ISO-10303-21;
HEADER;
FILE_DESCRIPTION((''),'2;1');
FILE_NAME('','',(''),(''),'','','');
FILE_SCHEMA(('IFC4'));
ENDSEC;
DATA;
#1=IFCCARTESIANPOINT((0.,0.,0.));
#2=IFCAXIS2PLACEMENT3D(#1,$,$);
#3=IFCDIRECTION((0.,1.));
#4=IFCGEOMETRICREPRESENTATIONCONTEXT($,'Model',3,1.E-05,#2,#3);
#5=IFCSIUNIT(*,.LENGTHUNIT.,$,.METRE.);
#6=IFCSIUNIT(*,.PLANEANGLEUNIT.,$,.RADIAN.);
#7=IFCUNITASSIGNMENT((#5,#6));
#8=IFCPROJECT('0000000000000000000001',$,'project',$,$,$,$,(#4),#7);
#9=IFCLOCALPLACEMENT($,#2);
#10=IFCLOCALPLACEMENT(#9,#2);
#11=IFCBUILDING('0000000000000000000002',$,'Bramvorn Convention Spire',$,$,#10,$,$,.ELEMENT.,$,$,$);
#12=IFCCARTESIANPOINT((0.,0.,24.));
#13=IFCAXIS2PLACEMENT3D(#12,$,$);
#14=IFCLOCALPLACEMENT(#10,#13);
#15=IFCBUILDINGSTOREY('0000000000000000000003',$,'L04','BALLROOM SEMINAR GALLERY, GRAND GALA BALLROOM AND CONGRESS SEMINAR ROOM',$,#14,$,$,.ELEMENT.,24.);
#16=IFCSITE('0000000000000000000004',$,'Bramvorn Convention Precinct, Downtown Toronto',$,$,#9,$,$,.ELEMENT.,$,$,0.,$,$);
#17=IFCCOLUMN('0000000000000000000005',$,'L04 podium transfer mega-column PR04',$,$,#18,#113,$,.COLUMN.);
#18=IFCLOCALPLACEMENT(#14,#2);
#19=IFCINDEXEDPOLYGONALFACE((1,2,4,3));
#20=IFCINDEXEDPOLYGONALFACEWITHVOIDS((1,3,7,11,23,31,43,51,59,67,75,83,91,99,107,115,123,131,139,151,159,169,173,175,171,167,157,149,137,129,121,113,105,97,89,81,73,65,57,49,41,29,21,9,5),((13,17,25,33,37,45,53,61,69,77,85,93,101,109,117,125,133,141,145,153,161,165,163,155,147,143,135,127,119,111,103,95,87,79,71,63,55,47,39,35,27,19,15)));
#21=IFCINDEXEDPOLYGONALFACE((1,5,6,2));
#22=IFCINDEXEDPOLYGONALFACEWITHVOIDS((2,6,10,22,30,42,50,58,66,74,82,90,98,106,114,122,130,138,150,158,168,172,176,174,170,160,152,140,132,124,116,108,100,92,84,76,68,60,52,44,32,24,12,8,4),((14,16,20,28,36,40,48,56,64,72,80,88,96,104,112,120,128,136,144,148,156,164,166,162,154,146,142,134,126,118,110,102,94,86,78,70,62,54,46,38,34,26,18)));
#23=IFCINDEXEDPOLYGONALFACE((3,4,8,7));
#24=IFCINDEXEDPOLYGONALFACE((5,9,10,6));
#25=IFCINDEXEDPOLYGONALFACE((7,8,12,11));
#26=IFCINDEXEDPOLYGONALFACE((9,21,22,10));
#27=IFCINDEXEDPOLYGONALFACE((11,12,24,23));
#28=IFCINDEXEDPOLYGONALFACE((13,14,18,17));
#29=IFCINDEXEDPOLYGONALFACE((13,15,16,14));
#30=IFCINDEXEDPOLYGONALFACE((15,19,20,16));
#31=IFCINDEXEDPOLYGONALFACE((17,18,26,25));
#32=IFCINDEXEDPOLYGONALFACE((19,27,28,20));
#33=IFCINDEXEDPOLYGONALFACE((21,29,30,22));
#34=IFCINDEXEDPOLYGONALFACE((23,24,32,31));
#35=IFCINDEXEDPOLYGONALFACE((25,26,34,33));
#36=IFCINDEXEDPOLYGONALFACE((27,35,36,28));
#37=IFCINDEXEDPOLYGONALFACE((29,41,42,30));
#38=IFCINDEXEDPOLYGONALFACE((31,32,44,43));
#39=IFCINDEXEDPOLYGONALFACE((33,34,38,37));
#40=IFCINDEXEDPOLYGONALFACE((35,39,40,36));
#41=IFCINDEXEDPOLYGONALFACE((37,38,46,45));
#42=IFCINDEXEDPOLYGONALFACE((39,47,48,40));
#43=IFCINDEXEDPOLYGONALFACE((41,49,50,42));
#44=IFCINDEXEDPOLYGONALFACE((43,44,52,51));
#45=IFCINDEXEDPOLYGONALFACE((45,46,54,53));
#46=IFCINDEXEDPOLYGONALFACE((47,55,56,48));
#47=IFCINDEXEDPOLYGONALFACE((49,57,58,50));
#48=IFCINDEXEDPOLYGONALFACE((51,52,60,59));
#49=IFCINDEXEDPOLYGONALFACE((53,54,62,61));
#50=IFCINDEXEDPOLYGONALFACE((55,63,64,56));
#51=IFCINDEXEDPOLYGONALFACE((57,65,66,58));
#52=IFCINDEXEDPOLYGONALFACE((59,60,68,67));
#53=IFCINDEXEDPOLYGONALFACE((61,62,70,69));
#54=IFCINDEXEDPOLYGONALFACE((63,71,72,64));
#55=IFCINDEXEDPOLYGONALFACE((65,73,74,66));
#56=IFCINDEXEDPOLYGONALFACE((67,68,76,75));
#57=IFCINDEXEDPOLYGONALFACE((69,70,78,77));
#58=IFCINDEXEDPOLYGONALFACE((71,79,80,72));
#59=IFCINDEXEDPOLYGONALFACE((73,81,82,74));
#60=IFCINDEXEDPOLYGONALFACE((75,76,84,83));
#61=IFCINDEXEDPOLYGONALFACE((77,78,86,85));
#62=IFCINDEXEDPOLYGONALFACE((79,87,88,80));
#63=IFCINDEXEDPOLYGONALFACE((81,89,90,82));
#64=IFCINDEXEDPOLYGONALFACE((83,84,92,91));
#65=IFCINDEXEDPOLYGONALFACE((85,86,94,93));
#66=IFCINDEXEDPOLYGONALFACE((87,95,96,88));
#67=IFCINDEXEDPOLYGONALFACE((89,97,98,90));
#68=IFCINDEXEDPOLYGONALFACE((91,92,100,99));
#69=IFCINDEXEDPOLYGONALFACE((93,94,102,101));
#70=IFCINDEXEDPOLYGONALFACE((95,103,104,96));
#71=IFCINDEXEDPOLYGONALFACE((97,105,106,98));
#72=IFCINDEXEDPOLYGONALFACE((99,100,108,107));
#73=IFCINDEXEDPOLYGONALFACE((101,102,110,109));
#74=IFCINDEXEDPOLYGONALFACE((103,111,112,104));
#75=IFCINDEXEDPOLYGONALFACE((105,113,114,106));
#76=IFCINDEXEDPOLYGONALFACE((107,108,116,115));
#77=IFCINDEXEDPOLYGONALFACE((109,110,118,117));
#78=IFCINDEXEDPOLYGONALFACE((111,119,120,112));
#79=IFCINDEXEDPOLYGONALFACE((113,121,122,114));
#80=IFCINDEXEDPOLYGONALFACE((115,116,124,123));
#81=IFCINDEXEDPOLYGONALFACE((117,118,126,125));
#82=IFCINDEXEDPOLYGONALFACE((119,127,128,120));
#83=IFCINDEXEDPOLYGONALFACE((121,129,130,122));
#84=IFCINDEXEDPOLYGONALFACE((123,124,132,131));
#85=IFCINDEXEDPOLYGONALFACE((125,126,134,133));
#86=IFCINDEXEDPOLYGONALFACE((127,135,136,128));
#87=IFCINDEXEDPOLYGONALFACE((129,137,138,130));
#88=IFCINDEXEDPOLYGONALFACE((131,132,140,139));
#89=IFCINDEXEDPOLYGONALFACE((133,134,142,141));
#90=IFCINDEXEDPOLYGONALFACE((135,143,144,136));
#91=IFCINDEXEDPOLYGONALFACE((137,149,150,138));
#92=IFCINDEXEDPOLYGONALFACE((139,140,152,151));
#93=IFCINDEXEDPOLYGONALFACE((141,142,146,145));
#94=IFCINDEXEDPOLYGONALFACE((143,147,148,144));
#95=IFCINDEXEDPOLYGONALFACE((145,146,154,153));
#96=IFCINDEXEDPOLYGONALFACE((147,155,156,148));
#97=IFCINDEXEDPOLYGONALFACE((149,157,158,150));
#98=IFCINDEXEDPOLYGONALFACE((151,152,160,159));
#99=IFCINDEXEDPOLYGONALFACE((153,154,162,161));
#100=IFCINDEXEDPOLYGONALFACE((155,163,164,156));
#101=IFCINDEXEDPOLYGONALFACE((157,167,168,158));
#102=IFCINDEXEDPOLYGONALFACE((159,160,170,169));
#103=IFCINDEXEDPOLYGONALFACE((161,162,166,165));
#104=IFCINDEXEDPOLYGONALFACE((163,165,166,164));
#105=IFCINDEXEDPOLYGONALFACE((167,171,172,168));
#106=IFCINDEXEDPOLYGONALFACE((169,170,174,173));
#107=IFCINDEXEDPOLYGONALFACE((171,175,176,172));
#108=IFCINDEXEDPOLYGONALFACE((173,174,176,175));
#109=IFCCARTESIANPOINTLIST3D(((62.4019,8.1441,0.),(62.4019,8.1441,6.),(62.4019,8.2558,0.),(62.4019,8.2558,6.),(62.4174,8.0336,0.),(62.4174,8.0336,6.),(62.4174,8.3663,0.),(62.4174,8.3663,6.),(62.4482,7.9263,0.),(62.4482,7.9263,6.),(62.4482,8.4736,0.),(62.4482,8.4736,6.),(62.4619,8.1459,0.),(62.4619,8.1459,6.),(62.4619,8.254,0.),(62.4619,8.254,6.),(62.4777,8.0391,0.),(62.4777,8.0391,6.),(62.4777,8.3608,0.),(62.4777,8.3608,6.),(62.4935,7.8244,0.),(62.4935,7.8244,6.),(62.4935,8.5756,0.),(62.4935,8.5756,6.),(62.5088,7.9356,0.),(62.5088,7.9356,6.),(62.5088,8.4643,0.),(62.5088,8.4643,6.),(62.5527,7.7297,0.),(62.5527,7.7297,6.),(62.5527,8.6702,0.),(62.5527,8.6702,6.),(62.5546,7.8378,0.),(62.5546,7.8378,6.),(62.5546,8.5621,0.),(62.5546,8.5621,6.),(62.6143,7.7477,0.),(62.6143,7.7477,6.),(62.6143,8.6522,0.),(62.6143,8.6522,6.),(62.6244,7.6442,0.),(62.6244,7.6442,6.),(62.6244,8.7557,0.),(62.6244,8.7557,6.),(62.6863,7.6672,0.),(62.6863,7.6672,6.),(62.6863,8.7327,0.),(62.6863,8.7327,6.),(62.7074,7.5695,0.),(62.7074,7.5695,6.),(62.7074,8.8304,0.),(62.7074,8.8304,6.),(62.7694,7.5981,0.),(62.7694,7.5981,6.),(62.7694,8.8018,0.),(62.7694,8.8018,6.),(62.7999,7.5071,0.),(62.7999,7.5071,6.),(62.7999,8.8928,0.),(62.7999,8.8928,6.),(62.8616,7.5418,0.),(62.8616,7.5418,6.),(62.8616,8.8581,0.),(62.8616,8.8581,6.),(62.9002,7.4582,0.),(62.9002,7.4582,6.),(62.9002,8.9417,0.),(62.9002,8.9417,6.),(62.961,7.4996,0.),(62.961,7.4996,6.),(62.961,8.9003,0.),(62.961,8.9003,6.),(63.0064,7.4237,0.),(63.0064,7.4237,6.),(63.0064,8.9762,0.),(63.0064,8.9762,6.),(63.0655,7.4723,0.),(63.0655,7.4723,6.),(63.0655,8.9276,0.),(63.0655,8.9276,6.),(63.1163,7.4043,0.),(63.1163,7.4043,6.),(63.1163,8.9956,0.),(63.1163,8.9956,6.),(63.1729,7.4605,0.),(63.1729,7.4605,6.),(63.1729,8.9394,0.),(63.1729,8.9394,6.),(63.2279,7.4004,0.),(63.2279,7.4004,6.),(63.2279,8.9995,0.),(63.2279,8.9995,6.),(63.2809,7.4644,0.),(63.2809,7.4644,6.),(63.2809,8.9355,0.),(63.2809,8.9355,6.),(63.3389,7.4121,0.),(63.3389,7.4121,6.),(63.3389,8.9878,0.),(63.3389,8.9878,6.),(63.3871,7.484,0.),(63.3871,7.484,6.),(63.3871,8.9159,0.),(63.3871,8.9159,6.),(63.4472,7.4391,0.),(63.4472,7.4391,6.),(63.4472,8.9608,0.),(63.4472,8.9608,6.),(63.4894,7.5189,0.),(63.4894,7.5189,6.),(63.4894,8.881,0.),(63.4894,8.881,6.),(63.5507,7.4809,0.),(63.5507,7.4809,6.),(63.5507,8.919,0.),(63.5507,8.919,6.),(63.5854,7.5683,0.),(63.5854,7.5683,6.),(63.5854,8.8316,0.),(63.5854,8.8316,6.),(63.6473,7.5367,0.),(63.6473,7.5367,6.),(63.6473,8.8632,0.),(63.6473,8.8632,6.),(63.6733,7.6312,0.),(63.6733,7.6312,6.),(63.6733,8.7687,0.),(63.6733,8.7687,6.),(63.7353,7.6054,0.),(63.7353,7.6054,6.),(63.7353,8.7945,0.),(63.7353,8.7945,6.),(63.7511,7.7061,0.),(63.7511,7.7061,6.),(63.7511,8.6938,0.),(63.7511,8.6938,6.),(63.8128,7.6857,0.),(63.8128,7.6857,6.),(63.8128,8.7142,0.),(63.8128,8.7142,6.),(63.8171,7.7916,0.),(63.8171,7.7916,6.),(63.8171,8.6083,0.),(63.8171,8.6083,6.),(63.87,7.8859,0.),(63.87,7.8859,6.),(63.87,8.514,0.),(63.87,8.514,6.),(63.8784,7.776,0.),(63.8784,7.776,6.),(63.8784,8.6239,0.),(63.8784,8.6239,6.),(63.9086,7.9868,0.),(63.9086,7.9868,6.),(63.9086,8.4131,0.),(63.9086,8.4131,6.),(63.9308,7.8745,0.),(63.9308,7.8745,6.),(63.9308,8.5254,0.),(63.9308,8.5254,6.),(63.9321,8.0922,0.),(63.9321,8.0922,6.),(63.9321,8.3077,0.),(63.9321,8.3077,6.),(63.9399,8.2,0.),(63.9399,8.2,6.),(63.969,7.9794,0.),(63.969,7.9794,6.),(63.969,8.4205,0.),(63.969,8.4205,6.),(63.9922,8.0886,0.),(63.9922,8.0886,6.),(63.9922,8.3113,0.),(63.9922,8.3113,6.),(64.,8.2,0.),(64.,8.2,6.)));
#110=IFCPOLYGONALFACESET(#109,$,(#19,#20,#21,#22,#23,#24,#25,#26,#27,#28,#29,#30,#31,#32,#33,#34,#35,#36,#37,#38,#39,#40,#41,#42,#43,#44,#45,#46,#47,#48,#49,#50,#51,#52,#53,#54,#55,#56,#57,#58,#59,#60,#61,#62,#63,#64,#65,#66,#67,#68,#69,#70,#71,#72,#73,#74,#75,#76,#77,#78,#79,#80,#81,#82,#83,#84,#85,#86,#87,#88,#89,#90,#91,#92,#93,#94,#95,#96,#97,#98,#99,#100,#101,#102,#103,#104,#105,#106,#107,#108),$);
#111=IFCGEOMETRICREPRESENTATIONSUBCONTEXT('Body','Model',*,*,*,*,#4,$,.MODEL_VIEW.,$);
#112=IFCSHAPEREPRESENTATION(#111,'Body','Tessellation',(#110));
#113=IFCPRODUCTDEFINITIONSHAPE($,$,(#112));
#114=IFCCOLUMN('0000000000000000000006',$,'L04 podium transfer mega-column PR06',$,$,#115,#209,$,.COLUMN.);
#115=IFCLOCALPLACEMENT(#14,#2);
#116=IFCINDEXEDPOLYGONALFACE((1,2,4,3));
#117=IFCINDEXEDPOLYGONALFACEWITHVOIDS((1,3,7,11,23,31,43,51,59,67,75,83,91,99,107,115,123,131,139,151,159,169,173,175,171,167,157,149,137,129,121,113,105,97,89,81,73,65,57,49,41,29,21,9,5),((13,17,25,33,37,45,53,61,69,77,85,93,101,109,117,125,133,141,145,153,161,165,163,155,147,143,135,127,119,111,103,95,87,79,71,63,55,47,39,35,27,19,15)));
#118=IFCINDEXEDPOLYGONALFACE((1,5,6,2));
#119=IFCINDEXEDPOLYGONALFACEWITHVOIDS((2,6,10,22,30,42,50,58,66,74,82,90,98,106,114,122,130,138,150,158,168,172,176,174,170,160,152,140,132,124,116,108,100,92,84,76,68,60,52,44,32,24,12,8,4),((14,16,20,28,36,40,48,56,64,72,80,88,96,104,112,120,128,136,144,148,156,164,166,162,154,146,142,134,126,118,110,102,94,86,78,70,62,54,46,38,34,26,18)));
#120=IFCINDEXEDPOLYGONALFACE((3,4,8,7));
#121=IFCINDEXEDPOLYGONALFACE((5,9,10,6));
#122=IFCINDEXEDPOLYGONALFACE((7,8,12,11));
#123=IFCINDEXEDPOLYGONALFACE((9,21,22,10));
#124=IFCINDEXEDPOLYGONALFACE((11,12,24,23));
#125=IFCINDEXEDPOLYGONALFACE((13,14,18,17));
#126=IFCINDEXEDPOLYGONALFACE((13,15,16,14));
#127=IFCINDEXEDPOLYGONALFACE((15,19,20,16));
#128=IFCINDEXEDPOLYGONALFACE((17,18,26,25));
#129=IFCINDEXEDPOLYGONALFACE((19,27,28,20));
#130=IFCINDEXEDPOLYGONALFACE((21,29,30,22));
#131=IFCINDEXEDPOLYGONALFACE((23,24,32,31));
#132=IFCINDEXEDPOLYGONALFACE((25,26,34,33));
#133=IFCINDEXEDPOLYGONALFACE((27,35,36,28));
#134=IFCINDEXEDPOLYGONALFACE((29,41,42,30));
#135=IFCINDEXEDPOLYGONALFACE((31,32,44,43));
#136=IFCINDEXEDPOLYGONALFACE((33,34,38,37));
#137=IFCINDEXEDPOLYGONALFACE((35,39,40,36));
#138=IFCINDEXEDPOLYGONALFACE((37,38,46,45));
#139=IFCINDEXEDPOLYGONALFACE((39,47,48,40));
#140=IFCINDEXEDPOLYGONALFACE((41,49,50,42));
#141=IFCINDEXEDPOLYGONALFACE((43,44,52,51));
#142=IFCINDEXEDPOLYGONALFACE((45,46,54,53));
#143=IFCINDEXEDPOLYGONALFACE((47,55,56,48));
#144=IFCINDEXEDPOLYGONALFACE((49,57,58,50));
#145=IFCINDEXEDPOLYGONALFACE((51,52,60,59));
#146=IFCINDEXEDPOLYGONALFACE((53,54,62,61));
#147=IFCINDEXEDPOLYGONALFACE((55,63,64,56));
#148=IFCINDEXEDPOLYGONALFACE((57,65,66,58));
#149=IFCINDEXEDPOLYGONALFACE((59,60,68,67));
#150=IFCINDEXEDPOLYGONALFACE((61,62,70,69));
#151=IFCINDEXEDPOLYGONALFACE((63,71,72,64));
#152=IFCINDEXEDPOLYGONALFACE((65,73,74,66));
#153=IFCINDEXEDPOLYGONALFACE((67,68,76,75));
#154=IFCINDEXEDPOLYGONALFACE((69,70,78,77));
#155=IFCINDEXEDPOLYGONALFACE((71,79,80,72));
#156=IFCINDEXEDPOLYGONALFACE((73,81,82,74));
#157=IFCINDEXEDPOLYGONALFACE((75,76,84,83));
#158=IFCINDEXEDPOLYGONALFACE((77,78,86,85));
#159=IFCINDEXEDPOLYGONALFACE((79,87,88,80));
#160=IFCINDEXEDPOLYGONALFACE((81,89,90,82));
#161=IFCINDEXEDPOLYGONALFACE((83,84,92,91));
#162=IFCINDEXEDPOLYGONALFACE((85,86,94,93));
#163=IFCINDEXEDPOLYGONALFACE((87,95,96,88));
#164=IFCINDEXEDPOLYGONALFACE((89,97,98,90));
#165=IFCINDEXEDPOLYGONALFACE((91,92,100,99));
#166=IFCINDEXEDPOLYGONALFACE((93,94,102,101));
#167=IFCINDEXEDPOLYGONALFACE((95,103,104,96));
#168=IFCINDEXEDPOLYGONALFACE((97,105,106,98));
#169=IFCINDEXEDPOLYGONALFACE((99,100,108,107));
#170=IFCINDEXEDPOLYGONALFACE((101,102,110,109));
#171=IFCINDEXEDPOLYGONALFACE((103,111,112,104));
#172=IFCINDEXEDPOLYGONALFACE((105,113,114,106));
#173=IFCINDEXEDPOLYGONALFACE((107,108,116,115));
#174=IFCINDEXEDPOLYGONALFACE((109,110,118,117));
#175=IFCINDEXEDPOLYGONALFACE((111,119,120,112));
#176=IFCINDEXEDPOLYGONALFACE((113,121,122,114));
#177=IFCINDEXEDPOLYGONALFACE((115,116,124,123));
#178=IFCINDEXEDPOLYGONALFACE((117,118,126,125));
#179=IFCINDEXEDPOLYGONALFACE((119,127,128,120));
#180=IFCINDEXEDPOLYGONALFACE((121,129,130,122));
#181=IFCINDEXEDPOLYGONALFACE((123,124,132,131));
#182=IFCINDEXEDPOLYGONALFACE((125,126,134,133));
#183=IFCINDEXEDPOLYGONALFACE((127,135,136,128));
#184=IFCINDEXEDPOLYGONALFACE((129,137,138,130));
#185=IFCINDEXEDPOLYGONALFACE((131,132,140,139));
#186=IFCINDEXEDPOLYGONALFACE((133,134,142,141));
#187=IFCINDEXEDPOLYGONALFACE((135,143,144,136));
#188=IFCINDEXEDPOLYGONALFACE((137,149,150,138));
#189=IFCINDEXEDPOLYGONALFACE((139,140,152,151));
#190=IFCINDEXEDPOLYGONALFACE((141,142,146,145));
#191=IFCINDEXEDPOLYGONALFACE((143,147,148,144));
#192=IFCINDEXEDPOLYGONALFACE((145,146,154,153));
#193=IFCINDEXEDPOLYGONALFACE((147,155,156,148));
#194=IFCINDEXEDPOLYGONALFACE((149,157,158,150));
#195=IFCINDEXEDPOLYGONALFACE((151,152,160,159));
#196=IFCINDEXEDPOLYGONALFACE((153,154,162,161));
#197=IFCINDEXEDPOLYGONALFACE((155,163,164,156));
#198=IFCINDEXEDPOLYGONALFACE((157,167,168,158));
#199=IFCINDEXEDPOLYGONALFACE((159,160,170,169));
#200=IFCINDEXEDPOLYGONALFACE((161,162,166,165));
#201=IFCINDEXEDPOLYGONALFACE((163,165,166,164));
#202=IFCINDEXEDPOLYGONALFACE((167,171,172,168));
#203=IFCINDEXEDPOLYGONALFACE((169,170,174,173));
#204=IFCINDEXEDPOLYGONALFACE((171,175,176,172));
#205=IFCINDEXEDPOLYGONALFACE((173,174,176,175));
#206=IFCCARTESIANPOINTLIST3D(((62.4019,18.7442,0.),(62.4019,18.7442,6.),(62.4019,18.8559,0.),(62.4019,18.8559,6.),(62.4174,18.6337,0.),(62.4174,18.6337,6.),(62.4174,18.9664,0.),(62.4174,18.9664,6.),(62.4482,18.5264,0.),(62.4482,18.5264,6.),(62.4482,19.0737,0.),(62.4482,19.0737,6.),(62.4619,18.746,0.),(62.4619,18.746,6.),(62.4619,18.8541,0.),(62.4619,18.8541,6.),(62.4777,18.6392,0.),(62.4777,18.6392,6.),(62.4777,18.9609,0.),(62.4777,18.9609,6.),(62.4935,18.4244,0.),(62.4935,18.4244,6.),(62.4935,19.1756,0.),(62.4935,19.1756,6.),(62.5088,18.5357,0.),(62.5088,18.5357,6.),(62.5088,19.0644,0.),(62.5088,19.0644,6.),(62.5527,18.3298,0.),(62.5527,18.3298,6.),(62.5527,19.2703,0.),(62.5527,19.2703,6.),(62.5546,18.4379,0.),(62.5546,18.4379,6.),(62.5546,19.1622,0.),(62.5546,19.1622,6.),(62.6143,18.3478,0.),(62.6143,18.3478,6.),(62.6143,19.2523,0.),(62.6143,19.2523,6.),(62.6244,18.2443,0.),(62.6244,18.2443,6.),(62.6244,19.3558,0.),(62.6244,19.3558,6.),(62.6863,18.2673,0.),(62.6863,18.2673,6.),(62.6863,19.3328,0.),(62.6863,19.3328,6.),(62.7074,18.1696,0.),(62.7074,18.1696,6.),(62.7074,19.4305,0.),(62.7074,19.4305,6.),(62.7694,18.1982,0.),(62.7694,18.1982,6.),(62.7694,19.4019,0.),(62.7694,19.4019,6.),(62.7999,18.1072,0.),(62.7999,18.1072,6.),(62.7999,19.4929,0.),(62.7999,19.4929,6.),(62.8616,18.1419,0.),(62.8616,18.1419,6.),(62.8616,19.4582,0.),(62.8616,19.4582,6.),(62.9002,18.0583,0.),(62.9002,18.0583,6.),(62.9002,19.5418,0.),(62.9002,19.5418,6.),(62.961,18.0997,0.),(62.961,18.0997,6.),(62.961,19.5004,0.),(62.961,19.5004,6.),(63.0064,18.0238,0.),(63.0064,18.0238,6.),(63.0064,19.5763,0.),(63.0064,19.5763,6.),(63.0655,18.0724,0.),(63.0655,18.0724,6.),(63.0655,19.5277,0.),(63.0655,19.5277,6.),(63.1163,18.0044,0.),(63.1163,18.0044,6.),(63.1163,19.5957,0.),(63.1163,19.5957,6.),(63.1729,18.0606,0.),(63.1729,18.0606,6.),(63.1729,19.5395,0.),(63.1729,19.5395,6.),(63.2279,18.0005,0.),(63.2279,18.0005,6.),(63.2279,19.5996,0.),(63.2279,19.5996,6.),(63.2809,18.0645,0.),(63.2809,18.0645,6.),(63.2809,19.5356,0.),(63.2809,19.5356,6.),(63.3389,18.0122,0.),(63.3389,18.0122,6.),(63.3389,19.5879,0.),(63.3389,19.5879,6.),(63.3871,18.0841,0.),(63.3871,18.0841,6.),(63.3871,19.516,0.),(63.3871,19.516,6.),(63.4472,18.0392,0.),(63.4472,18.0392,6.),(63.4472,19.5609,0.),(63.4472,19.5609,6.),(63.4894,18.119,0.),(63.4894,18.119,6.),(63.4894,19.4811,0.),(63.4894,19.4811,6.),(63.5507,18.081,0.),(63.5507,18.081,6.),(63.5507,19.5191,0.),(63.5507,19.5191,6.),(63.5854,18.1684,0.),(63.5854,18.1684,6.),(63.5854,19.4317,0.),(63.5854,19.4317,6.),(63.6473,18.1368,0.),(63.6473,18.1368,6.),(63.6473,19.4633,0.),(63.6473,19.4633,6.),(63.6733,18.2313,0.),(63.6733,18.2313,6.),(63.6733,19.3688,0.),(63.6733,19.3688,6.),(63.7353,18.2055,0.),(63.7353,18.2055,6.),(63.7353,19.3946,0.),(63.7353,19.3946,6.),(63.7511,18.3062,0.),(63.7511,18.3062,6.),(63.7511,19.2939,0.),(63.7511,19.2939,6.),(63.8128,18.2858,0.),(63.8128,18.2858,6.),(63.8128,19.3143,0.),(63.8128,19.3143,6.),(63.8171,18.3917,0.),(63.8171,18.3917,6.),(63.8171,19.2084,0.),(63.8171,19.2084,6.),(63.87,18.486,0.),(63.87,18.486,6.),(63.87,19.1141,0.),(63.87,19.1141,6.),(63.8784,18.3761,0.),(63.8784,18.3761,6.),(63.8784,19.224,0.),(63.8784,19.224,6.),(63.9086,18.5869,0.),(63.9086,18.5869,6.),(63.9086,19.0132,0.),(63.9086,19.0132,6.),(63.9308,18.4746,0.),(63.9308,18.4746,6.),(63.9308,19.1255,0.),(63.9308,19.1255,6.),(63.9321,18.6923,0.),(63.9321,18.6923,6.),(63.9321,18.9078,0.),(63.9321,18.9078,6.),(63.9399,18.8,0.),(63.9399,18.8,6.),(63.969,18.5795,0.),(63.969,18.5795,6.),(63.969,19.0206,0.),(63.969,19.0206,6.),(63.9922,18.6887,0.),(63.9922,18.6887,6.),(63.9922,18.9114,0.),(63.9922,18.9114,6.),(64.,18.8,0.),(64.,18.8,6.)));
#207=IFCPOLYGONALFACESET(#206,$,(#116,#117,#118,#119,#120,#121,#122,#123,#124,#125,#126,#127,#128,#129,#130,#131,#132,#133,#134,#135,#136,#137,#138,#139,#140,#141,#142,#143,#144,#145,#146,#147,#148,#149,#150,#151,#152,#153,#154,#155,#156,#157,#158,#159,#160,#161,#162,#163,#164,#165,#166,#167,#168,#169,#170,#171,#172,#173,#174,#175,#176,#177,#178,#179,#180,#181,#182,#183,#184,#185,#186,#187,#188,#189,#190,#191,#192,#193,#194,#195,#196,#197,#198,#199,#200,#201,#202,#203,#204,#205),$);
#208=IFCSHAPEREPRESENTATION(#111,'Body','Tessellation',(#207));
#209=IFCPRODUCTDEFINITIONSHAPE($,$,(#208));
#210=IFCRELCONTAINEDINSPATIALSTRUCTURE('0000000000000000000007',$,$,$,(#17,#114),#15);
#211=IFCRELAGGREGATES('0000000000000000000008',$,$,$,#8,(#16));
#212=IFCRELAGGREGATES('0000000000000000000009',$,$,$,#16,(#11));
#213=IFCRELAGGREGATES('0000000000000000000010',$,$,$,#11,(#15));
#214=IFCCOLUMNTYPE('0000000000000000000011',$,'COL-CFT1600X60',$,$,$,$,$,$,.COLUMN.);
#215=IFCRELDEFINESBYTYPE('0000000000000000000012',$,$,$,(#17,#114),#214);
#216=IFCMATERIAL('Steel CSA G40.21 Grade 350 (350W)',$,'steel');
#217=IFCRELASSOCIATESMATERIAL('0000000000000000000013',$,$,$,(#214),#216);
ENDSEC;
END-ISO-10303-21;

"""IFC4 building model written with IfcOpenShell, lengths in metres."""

from ifc_helpers import new_model, si_unit, direction, frame, origin, origin_2d, place, context, subcontext, project, spatial, hollow_circle, extrude, material, material_profile, profile_set, type_object, element, save


model = new_model("IFC4")

# Units and contexts
model_context = context("Model", 3, precision=1e-05, world=origin(), true_north=direction((0.0, 1.0)))
body_context = subcontext(model_context, "Body", "Model", "MODEL_VIEW")
ifc_project = project(units=[si_unit("LENGTHUNIT", "METRE"), si_unit("PLANEANGLEUNIT", "RADIAN")], contexts=[model_context])

# Site, building, storey
site_placement = place(None, origin())
site = spatial("IfcSite", under=ifc_project, at=site_placement, Name="Bramvorn Convention Precinct, Downtown Toronto", CompositionType="ELEMENT", RefElevation=0.0)
building_placement = place(site_placement, origin())
building = spatial("IfcBuilding", under=site, at=building_placement, Name="Bramvorn Convention Spire", CompositionType="ELEMENT")
storey_placement = place(building_placement, frame((0.0, 0.0, 24.0)))
storey = spatial("IfcBuildingStorey", under=building, at=storey_placement, Name="L04", Description="BALLROOM SEMINAR GALLERY, GRAND GALA BALLROOM AND CONGRESS SEMINAR ROOM", CompositionType="ELEMENT", Elevation=24.0)

# Columns
ifc_material_1 = material(Name="Steel CSA G40.21 Grade 350 (350W)", Category="steel")
ifc_material_profile_1 = material_profile(ifc_material_1, hollow_circle(Radius=0.8, WallThickness=0.0601, at=origin_2d()))
ifc_profile_set_1 = profile_set([ifc_material_profile_1], Name="Steel CSA G40.21 Grade 350 (350W) - CFT1600X60")
column_type_1 = type_object("IfcColumnType", Name="COL-CFT1600X60", PredefinedType="COLUMN", material=ifc_profile_set_1)
for number, where, z_axis, x_axis, name in (
    (1, (63.2, 8.2, 0.0), (0.0, 0.0, 1.0), (1.0, 0.0, 0.0), "L04 podium transfer mega-column PR04"),
    (2, (63.2, 18.8, 0.0), (0.0, 0.0, 1.0), (1.0, 0.0, 0.0), "L04 podium transfer mega-column PR06"),
):
    element("IfcColumn", number, at=place(storey_placement, frame(where, z_axis=z_axis, x_axis=x_axis)), inside=storey, type_object=column_type_1, Name=name, PredefinedType="COLUMN", context=body_context, shape_type="SweptSolid", body=[
        extrude(hollow_circle(Radius=0.8, WallThickness=0.0601, at=origin_2d()), origin(), (0.0, 0.0, 1.0), 6.0),
    ])

save(model, "model.ifc")
